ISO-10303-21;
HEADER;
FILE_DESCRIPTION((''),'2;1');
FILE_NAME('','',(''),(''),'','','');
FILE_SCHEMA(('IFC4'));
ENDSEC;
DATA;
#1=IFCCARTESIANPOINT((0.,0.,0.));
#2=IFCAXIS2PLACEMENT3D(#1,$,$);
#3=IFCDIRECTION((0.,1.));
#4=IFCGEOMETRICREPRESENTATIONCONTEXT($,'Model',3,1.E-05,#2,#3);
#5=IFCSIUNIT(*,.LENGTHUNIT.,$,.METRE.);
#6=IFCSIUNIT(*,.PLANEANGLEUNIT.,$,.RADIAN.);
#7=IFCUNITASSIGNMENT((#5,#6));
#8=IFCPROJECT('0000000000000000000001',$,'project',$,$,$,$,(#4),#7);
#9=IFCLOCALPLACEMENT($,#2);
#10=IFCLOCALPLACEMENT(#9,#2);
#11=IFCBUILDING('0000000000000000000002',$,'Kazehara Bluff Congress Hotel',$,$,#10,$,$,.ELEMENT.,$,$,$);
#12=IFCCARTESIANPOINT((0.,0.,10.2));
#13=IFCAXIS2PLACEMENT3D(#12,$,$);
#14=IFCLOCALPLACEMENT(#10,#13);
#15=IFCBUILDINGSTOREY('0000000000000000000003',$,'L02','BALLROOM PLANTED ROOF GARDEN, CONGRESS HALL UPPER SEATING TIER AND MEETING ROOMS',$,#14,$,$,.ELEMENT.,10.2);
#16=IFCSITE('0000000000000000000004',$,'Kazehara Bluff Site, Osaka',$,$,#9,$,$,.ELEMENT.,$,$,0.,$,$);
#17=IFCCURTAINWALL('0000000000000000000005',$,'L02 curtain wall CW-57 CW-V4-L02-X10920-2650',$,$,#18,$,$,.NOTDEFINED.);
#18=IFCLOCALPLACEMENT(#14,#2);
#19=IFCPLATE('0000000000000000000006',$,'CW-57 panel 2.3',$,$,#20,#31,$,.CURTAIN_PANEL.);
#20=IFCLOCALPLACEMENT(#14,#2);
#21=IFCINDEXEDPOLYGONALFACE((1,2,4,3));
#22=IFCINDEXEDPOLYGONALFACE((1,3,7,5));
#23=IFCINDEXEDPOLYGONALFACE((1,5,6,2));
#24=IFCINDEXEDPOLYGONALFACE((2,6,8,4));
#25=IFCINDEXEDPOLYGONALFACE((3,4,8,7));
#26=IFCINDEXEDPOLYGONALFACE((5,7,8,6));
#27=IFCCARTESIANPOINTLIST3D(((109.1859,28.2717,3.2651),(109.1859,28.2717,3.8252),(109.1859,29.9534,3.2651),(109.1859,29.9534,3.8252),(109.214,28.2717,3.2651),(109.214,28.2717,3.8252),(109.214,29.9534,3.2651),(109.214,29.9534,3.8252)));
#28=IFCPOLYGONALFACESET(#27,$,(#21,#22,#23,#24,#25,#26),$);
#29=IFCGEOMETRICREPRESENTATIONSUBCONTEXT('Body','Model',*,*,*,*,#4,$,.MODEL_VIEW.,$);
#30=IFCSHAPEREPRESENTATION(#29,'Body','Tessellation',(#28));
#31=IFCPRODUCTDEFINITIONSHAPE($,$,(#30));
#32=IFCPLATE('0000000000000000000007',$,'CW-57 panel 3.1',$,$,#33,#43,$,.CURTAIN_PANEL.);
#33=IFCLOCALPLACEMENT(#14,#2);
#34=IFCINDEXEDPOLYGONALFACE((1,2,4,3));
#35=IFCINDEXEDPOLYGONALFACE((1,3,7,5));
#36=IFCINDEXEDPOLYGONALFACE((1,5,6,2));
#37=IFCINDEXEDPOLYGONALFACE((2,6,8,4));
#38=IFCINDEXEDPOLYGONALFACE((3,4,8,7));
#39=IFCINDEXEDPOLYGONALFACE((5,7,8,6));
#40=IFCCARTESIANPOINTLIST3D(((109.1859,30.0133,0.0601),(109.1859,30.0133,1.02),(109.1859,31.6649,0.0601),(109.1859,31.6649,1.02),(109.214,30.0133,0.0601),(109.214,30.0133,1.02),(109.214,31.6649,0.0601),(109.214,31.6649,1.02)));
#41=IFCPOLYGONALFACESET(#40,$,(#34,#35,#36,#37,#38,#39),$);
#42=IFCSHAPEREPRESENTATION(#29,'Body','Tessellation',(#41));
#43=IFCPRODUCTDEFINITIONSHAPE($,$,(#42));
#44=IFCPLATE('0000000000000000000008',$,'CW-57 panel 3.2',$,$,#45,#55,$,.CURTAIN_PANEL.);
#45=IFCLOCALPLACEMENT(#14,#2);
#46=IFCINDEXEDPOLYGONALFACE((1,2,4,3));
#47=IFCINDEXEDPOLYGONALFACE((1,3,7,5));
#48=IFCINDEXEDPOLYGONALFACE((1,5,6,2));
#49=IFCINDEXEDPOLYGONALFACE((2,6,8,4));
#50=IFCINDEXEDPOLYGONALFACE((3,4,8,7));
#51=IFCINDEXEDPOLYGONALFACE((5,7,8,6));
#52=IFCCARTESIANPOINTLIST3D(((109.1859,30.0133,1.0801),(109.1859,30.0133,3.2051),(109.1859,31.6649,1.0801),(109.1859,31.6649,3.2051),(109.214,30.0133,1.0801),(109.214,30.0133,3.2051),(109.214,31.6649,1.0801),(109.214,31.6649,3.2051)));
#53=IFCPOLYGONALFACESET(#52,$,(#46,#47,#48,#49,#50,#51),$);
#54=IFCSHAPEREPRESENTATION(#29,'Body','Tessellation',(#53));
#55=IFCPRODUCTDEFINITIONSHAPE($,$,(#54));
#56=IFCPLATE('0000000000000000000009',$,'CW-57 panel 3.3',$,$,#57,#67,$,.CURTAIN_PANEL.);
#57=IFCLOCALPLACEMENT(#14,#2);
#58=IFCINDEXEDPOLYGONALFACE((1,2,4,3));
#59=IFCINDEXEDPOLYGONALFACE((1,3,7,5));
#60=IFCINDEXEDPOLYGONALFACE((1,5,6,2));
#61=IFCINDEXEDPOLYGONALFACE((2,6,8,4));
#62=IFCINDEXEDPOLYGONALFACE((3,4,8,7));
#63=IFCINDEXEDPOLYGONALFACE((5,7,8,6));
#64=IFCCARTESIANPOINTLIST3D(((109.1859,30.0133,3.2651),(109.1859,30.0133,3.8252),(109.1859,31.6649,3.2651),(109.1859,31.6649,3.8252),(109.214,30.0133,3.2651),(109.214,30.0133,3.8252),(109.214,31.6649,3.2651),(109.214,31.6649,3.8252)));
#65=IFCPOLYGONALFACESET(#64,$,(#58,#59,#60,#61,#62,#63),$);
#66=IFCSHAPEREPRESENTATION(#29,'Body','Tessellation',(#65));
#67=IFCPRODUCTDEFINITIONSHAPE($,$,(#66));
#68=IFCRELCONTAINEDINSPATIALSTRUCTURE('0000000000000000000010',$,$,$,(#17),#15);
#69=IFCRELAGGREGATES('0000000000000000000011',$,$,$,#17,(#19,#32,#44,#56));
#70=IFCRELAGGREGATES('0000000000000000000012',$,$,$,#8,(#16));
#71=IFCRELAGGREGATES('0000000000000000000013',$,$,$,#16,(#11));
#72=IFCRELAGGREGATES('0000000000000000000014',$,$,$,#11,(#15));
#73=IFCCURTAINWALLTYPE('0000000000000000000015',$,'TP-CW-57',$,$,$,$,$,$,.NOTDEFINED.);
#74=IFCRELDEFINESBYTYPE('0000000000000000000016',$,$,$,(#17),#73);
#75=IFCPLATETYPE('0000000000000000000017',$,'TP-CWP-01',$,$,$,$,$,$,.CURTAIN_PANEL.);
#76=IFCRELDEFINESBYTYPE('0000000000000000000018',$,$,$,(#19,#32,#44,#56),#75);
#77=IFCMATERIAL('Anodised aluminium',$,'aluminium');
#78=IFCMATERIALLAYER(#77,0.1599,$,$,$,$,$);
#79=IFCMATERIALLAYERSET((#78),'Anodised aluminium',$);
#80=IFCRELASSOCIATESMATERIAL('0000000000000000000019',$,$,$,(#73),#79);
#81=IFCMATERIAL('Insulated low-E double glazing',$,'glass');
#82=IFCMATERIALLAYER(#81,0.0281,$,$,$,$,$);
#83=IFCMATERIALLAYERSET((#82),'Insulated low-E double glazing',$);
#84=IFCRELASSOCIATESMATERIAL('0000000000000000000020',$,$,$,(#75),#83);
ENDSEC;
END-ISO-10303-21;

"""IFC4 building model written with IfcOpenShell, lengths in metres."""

from ifc_helpers import new_model, si_unit, direction, frame, origin, origin_2d, place, context, subcontext, project, spatial, rectangle, extrude, material, layer, layer_set, type_object, element, aggregate, save


model = new_model("IFC4")

# Units and contexts
model_context = context("Model", 3, precision=1e-05, world=origin(), true_north=direction((0.0, 1.0)))
body_context = subcontext(model_context, "Body", "Model", "MODEL_VIEW")
ifc_project = project(units=[si_unit("LENGTHUNIT", "METRE"), si_unit("PLANEANGLEUNIT", "RADIAN")], contexts=[model_context])

# Site, building, storey
site_placement = place(None, origin())
site = spatial("IfcSite", under=ifc_project, at=site_placement, Name="Kazehara Bluff Site, Osaka", CompositionType="ELEMENT", RefElevation=0.0)
building_placement = place(site_placement, origin())
building = spatial("IfcBuilding", under=site, at=building_placement, Name="Kazehara Bluff Congress Hotel", CompositionType="ELEMENT")
storey_placement = place(building_placement, frame((0.0, 0.0, 10.2)))
storey = spatial("IfcBuildingStorey", under=building, at=storey_placement, Name="L02", Description="BALLROOM PLANTED ROOF GARDEN, CONGRESS HALL UPPER SEATING TIER AND MEETING ROOMS", CompositionType="ELEMENT", Elevation=10.2)

# Curtain wall
ifc_material_1 = material(Name="Anodised aluminium", Category="aluminium")
ifc_layer_1 = layer(ifc_material_1, 0.1599)
ifc_layer_set_1 = layer_set([ifc_layer_1], Name="Anodised aluminium")
curtain_wall_type = type_object("IfcCurtainWallType", Name="TP-CW-57", PredefinedType="NOTDEFINED", material=ifc_layer_set_1)
curtain_wall_placement = place(storey_placement, origin())
curtain_wall = element("IfcCurtainWall", 1, at=curtain_wall_placement, inside=storey, type_object=curtain_wall_type, Name="L02 curtain wall CW-57 CW-V4-L02-X10920-2650", PredefinedType="NOTDEFINED")

# Plates
ifc_material_2 = material(Name="Insulated low-E double glazing", Category="glass")
ifc_layer_2 = layer(ifc_material_2, 0.0281)
ifc_layer_set_2 = layer_set([ifc_layer_2], Name="Insulated low-E double glazing")
plate_type = type_object("IfcPlateType", Name="TP-CWP-01", PredefinedType="CURTAIN_PANEL", material=ifc_layer_set_2)
plate_1_placement = place(storey_placement, frame((109.2, 29.1125, 3.2651), z_axis=(0.0, 0.0, 1.0), x_axis=(0.0, 1.0, 0.0)))
plate_1 = element("IfcPlate", 2, at=plate_1_placement, type_object=plate_type, Name="CW-57 panel 2.3", PredefinedType="CURTAIN_PANEL", context=body_context, shape_type="SweptSolid", body=[
    extrude(rectangle(XDim=1.6816, YDim=0.0281, at=origin_2d()), origin(), (0.0, 0.0, 1.0), 0.5601),
])
plate_2_placement = place(storey_placement, frame((109.2, 30.8391, 0.0601), z_axis=(0.0, 0.0, 1.0), x_axis=(0.0, 1.0, 0.0)))
plate_2 = element("IfcPlate", 3, at=plate_2_placement, type_object=plate_type, Name="CW-57 panel 3.1", PredefinedType="CURTAIN_PANEL", context=body_context, shape_type="SweptSolid", body=[
    extrude(rectangle(XDim=1.6516, YDim=0.0281, at=origin_2d()), origin(), (0.0, 0.0, 1.0), 0.96),
])
plate_3_placement = place(storey_placement, frame((109.2, 30.8391, 1.0801), z_axis=(0.0, 0.0, 1.0), x_axis=(0.0, 1.0, 0.0)))
plate_3 = element("IfcPlate", 4, at=plate_3_placement, type_object=plate_type, Name="CW-57 panel 3.2", PredefinedType="CURTAIN_PANEL", context=body_context, shape_type="SweptSolid", body=[
    extrude(rectangle(XDim=1.6516, YDim=0.0281, at=origin_2d()), origin(), (0.0, 0.0, 1.0), 2.125),
])
plate_4_placement = place(storey_placement, frame((109.2, 30.8391, 3.2651), z_axis=(0.0, 0.0, 1.0), x_axis=(0.0, 1.0, 0.0)))
plate_4 = element("IfcPlate", 5, at=plate_4_placement, type_object=plate_type, Name="CW-57 panel 3.3", PredefinedType="CURTAIN_PANEL", context=body_context, shape_type="SweptSolid", body=[
    extrude(rectangle(XDim=1.6516, YDim=0.0281, at=origin_2d()), origin(), (0.0, 0.0, 1.0), 0.5601),
])
aggregate(curtain_wall, [plate_1, plate_2, plate_3, plate_4])

save(model, "model.ifc")
